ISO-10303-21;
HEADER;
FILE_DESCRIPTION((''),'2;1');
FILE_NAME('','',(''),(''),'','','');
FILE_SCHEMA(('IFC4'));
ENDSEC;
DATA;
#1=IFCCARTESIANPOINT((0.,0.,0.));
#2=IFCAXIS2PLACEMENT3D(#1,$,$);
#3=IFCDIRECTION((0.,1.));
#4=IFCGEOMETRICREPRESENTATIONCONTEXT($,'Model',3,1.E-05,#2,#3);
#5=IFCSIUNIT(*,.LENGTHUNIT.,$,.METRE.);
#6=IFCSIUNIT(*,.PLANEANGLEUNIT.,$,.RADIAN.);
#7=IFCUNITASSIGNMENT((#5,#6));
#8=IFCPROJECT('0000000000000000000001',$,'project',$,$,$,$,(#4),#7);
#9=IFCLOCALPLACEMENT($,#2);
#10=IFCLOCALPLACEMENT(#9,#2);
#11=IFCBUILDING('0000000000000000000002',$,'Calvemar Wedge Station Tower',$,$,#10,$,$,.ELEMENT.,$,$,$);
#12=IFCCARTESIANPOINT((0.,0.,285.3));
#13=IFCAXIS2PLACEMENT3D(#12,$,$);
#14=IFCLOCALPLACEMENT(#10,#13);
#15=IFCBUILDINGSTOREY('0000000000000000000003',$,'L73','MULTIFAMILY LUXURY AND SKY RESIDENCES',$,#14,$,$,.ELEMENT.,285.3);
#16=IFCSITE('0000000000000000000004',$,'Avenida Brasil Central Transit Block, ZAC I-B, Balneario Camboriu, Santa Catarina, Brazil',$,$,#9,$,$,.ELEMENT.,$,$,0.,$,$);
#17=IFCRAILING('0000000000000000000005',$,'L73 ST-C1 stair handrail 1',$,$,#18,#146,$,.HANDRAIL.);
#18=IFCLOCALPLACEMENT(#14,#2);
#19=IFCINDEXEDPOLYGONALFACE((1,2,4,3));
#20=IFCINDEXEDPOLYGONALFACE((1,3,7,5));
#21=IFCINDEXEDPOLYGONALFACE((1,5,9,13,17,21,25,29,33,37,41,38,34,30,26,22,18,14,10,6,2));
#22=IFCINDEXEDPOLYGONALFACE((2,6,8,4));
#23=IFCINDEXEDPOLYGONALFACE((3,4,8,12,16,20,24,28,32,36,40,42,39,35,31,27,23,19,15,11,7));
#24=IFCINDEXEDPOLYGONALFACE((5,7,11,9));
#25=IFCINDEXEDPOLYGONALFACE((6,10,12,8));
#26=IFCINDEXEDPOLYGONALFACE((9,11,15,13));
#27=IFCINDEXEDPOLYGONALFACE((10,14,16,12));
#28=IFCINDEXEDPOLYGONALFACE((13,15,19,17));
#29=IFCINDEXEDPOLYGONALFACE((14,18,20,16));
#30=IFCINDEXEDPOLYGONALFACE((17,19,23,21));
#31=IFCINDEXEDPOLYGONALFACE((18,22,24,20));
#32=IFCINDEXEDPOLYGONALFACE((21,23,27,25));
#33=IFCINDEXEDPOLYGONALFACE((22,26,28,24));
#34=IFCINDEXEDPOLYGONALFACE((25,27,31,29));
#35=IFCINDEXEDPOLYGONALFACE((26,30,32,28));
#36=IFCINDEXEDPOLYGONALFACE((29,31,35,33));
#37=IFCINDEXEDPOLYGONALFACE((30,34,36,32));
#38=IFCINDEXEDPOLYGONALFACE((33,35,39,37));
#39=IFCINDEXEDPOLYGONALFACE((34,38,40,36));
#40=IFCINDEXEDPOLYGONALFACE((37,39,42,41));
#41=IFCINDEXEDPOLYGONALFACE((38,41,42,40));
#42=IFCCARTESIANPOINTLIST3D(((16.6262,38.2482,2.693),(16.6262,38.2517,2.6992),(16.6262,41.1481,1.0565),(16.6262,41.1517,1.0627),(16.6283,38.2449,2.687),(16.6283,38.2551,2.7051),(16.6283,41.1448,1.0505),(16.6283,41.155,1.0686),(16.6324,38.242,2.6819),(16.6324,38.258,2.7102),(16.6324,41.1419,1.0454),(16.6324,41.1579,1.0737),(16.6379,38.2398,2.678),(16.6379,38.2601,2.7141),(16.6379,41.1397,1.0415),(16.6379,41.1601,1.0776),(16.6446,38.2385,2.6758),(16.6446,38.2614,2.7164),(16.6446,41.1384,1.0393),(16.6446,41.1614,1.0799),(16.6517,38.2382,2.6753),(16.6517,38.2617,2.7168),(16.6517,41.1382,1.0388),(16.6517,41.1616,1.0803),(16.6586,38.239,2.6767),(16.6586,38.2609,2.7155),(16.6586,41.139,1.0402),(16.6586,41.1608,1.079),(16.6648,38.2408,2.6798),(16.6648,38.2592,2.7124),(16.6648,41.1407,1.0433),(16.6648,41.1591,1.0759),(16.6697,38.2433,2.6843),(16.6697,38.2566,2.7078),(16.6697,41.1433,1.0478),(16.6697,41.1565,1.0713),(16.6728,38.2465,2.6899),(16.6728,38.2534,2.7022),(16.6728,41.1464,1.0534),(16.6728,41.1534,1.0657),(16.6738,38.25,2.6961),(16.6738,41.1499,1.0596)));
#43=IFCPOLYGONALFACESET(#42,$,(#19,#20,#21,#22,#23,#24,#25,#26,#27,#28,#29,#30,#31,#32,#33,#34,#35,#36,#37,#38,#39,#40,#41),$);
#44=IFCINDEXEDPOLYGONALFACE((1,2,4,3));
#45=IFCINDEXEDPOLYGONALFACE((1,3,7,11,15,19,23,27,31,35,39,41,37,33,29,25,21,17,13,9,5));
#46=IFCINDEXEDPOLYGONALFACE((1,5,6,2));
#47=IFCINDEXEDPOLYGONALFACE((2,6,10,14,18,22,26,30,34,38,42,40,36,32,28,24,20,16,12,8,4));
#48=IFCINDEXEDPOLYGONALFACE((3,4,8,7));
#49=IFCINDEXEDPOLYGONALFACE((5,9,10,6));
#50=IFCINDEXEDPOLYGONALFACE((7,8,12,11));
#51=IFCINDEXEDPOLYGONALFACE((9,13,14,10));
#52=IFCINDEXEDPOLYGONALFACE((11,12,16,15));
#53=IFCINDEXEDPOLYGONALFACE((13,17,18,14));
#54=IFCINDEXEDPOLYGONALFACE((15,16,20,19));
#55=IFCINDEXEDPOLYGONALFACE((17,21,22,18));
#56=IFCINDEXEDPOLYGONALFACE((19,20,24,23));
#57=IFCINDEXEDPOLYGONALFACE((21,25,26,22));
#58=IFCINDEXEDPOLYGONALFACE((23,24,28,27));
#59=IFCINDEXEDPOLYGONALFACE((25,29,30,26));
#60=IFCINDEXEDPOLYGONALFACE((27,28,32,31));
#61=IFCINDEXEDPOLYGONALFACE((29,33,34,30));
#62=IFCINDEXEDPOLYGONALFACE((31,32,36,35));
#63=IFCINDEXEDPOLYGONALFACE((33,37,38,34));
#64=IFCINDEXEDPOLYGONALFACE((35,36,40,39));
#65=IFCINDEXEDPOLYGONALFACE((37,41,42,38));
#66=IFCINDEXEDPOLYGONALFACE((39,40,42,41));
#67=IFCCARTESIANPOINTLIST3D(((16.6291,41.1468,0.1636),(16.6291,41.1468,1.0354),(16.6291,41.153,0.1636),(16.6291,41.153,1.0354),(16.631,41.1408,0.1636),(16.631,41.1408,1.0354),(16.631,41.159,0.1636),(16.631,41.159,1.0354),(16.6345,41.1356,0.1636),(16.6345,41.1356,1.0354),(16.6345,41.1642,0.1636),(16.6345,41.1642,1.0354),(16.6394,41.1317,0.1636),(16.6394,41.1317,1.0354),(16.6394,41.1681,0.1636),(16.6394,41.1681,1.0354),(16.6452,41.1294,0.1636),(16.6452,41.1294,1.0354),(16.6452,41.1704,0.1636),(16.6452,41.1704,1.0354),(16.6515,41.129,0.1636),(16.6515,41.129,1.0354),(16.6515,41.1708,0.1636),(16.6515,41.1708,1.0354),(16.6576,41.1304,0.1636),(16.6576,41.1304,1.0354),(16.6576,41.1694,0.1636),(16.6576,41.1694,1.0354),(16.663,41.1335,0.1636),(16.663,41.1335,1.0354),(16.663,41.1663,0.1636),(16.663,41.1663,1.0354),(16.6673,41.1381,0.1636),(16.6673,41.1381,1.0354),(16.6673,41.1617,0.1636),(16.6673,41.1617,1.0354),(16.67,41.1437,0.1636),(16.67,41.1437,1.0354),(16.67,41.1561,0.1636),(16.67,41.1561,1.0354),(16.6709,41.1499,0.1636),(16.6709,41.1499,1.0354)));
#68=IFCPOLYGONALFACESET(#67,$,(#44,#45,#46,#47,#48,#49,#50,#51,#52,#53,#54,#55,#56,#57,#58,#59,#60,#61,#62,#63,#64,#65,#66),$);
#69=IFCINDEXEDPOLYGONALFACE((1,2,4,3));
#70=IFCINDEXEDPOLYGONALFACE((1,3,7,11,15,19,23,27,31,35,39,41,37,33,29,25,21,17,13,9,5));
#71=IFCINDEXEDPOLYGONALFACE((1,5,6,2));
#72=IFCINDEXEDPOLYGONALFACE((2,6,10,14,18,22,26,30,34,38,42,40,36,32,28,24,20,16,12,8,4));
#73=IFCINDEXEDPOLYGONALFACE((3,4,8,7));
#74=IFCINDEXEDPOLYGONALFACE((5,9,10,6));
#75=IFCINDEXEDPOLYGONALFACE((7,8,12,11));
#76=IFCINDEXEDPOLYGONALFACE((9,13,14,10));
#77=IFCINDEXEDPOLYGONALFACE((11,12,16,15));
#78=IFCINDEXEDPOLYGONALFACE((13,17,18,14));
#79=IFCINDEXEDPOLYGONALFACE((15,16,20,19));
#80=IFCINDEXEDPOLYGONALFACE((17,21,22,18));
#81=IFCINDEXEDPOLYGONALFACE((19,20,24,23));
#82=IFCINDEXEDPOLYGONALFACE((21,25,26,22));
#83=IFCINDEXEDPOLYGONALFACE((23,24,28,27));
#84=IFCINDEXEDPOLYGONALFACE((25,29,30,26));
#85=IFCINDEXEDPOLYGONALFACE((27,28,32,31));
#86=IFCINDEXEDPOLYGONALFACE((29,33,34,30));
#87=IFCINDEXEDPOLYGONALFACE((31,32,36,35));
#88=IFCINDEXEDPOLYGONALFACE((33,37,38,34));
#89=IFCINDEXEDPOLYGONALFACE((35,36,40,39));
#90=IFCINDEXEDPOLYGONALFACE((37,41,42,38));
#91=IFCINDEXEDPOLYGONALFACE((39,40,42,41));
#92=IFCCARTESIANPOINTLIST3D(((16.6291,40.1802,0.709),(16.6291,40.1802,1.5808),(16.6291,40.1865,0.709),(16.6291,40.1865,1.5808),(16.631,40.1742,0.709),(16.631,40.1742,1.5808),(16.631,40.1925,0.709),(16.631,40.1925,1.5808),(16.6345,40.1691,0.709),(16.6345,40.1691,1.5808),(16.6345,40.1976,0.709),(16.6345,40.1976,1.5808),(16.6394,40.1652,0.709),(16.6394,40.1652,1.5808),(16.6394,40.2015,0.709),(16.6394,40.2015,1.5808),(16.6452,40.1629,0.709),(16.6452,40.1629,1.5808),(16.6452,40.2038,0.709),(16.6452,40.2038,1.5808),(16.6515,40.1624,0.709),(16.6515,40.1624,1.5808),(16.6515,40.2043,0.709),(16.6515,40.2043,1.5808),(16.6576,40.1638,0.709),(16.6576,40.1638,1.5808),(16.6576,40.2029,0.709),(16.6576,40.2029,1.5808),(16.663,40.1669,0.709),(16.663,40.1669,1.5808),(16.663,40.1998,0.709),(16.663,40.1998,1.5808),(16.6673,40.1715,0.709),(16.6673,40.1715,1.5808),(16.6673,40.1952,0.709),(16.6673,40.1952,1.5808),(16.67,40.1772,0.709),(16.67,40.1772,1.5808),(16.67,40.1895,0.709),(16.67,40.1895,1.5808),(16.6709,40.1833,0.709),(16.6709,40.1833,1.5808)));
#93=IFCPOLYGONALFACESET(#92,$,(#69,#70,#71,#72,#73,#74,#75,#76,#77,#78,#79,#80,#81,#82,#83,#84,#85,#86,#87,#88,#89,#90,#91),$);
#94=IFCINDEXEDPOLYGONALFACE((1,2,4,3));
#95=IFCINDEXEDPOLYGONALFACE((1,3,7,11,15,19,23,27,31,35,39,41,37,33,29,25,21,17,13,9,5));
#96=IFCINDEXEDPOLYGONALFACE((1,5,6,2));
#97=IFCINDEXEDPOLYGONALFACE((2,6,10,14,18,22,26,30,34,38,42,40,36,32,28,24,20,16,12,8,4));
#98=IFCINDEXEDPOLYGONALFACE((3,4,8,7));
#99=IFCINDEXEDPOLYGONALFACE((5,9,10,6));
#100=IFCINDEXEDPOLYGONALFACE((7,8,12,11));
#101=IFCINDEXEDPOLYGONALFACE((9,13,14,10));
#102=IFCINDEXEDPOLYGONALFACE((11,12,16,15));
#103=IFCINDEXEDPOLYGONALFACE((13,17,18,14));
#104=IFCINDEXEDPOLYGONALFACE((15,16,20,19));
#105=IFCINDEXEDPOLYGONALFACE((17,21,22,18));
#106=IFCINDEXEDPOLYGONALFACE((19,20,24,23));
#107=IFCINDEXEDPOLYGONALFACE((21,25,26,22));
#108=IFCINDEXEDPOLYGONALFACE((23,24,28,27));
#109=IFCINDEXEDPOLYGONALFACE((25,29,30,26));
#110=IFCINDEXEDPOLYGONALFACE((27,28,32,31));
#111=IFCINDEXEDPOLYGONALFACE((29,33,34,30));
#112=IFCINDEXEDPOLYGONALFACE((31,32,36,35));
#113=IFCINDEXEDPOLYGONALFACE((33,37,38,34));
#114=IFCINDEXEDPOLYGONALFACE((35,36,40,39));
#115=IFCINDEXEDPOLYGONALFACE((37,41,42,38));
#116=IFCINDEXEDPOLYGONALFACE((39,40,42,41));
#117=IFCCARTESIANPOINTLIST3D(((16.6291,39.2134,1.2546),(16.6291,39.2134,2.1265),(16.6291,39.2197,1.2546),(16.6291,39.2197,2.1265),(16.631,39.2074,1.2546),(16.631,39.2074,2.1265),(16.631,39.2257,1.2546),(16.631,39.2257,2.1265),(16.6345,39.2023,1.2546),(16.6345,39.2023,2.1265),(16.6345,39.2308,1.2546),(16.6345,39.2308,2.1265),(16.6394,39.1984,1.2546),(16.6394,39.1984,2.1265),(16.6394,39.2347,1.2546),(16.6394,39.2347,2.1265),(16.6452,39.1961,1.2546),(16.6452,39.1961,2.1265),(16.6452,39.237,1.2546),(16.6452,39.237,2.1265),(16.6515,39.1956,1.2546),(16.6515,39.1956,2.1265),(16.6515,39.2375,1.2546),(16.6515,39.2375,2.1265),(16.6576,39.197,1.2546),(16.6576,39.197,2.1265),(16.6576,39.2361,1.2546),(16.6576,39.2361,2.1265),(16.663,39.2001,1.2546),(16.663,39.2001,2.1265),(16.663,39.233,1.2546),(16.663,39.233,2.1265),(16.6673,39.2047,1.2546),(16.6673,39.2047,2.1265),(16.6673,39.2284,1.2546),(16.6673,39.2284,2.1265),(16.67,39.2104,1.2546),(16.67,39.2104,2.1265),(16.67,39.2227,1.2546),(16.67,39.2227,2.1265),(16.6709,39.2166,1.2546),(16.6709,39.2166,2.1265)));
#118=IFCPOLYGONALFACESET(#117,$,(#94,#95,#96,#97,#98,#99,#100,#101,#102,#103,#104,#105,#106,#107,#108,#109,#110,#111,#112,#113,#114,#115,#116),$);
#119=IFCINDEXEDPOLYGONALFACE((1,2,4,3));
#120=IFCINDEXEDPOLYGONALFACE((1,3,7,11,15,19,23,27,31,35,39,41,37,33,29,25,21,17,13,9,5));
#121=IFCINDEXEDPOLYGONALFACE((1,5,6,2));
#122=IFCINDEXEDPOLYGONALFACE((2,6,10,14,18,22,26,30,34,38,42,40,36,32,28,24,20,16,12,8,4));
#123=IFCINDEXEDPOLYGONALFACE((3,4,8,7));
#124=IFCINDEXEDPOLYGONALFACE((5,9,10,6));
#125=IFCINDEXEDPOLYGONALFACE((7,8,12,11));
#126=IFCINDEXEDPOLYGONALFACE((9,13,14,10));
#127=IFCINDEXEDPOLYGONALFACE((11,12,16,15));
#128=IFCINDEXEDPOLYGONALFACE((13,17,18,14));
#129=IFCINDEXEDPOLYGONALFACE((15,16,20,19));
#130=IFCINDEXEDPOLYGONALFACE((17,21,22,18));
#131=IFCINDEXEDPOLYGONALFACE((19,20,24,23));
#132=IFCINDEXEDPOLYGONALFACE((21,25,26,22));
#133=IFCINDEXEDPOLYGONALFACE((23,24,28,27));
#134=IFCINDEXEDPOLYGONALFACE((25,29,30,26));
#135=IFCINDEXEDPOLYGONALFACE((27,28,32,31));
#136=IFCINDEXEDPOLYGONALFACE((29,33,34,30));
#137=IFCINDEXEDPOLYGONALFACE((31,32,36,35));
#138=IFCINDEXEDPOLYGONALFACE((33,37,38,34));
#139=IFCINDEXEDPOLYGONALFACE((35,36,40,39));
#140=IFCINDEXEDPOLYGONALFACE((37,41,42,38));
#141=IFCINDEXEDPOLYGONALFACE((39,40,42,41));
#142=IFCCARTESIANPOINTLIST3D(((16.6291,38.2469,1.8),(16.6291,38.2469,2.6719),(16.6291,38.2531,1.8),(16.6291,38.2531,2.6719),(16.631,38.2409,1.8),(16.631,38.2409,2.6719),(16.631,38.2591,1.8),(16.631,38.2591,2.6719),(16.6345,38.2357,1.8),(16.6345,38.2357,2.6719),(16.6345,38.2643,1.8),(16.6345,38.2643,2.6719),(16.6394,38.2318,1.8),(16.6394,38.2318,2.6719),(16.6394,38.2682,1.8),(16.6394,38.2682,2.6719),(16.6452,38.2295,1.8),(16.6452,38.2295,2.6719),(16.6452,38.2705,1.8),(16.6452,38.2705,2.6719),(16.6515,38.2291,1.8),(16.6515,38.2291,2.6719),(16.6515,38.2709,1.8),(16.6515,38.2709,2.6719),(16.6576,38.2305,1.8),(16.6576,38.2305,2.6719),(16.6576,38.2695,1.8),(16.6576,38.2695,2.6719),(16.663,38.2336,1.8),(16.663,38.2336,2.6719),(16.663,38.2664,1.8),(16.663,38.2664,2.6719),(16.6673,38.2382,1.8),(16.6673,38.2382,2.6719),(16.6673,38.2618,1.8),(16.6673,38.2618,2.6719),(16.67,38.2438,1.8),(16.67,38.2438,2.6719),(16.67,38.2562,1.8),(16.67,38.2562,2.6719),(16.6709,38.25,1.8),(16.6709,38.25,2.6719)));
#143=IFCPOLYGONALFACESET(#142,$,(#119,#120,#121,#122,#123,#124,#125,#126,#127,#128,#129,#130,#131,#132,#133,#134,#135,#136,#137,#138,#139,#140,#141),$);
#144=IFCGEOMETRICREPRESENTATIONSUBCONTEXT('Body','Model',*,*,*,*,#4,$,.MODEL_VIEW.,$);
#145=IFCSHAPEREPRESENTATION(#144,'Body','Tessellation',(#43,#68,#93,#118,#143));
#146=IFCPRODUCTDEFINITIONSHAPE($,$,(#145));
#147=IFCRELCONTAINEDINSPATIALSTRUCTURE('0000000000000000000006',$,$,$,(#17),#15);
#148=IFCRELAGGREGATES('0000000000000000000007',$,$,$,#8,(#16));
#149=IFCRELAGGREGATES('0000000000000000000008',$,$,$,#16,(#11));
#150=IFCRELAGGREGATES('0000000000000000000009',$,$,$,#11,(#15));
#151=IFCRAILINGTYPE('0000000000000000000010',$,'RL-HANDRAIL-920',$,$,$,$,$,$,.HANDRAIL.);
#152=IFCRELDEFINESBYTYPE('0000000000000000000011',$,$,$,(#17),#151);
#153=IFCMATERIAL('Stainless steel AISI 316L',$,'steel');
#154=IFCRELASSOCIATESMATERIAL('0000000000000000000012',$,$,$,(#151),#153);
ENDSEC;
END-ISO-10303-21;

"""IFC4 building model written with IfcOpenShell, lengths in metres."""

from ifc_helpers import new_model, si_unit, direction, frame, origin, origin_2d, place, context, subcontext, project, spatial, circle, extrude, material, type_object, element, save


model = new_model("IFC4")

# Units and contexts
model_context = context("Model", 3, precision=1e-05, world=origin(), true_north=direction((0.0, 1.0)))
body_context = subcontext(model_context, "Body", "Model", "MODEL_VIEW")
ifc_project = project(units=[si_unit("LENGTHUNIT", "METRE"), si_unit("PLANEANGLEUNIT", "RADIAN")], contexts=[model_context])

# Site, building, storey
site_placement = place(None, origin())
site = spatial("IfcSite", under=ifc_project, at=site_placement, Name="Avenida Brasil Central Transit Block, ZAC I-B, Balneario Camboriu, Santa Catarina, Brazil", CompositionType="ELEMENT", RefElevation=0.0)
building_placement = place(site_placement, origin())
building = spatial("IfcBuilding", under=site, at=building_placement, Name="Calvemar Wedge Station Tower", CompositionType="ELEMENT")
storey_placement = place(building_placement, frame((0.0, 0.0, 285.3)))
storey = spatial("IfcBuildingStorey", under=building, at=storey_placement, Name="L73", Description="MULTIFAMILY LUXURY AND SKY RESIDENCES", CompositionType="ELEMENT", Elevation=285.3)

# Railing
ifc_material_1 = material(Name="Stainless steel AISI 316L", Category="steel")
railing_type_1 = type_object("IfcRailingType", Name="RL-HANDRAIL-920", PredefinedType="HANDRAIL", material=ifc_material_1)
railing_1_placement = place(storey_placement, frame((16.6499, 41.1499, 0.1636)))
element("IfcRailing", 1, at=railing_1_placement, inside=storey, type_object=railing_type_1, Name="L73 ST-C1 stair handrail 1", PredefinedType="HANDRAIL", context=body_context, shape_type="SweptSolid", body=[
    extrude(circle(Radius=0.0239, at=origin_2d()), frame((0.0, 0.0, 0.896), z_axis=(0.0, -0.870897, 0.491465), x_axis=(1.0, 0.0, 0.0)), (0.0, 0.0, 1.0), 3.3298),
    extrude(circle(Radius=0.021, at=origin_2d()), origin(), (0.0, 0.0, 1.0), 0.8718),
    extrude(circle(Radius=0.021, at=origin_2d()), frame((0.0, -0.9666, 0.5454)), (0.0, 0.0, 1.0), 0.8718),
    extrude(circle(Radius=0.021, at=origin_2d()), frame((0.0, -1.9333, 1.0911)), (0.0, 0.0, 1.0), 0.8718),
    extrude(circle(Radius=0.021, at=origin_2d()), frame((0.0, -2.8999, 1.6365)), (0.0, 0.0, 1.0), 0.8718),
])

save(model, "model.ifc")
